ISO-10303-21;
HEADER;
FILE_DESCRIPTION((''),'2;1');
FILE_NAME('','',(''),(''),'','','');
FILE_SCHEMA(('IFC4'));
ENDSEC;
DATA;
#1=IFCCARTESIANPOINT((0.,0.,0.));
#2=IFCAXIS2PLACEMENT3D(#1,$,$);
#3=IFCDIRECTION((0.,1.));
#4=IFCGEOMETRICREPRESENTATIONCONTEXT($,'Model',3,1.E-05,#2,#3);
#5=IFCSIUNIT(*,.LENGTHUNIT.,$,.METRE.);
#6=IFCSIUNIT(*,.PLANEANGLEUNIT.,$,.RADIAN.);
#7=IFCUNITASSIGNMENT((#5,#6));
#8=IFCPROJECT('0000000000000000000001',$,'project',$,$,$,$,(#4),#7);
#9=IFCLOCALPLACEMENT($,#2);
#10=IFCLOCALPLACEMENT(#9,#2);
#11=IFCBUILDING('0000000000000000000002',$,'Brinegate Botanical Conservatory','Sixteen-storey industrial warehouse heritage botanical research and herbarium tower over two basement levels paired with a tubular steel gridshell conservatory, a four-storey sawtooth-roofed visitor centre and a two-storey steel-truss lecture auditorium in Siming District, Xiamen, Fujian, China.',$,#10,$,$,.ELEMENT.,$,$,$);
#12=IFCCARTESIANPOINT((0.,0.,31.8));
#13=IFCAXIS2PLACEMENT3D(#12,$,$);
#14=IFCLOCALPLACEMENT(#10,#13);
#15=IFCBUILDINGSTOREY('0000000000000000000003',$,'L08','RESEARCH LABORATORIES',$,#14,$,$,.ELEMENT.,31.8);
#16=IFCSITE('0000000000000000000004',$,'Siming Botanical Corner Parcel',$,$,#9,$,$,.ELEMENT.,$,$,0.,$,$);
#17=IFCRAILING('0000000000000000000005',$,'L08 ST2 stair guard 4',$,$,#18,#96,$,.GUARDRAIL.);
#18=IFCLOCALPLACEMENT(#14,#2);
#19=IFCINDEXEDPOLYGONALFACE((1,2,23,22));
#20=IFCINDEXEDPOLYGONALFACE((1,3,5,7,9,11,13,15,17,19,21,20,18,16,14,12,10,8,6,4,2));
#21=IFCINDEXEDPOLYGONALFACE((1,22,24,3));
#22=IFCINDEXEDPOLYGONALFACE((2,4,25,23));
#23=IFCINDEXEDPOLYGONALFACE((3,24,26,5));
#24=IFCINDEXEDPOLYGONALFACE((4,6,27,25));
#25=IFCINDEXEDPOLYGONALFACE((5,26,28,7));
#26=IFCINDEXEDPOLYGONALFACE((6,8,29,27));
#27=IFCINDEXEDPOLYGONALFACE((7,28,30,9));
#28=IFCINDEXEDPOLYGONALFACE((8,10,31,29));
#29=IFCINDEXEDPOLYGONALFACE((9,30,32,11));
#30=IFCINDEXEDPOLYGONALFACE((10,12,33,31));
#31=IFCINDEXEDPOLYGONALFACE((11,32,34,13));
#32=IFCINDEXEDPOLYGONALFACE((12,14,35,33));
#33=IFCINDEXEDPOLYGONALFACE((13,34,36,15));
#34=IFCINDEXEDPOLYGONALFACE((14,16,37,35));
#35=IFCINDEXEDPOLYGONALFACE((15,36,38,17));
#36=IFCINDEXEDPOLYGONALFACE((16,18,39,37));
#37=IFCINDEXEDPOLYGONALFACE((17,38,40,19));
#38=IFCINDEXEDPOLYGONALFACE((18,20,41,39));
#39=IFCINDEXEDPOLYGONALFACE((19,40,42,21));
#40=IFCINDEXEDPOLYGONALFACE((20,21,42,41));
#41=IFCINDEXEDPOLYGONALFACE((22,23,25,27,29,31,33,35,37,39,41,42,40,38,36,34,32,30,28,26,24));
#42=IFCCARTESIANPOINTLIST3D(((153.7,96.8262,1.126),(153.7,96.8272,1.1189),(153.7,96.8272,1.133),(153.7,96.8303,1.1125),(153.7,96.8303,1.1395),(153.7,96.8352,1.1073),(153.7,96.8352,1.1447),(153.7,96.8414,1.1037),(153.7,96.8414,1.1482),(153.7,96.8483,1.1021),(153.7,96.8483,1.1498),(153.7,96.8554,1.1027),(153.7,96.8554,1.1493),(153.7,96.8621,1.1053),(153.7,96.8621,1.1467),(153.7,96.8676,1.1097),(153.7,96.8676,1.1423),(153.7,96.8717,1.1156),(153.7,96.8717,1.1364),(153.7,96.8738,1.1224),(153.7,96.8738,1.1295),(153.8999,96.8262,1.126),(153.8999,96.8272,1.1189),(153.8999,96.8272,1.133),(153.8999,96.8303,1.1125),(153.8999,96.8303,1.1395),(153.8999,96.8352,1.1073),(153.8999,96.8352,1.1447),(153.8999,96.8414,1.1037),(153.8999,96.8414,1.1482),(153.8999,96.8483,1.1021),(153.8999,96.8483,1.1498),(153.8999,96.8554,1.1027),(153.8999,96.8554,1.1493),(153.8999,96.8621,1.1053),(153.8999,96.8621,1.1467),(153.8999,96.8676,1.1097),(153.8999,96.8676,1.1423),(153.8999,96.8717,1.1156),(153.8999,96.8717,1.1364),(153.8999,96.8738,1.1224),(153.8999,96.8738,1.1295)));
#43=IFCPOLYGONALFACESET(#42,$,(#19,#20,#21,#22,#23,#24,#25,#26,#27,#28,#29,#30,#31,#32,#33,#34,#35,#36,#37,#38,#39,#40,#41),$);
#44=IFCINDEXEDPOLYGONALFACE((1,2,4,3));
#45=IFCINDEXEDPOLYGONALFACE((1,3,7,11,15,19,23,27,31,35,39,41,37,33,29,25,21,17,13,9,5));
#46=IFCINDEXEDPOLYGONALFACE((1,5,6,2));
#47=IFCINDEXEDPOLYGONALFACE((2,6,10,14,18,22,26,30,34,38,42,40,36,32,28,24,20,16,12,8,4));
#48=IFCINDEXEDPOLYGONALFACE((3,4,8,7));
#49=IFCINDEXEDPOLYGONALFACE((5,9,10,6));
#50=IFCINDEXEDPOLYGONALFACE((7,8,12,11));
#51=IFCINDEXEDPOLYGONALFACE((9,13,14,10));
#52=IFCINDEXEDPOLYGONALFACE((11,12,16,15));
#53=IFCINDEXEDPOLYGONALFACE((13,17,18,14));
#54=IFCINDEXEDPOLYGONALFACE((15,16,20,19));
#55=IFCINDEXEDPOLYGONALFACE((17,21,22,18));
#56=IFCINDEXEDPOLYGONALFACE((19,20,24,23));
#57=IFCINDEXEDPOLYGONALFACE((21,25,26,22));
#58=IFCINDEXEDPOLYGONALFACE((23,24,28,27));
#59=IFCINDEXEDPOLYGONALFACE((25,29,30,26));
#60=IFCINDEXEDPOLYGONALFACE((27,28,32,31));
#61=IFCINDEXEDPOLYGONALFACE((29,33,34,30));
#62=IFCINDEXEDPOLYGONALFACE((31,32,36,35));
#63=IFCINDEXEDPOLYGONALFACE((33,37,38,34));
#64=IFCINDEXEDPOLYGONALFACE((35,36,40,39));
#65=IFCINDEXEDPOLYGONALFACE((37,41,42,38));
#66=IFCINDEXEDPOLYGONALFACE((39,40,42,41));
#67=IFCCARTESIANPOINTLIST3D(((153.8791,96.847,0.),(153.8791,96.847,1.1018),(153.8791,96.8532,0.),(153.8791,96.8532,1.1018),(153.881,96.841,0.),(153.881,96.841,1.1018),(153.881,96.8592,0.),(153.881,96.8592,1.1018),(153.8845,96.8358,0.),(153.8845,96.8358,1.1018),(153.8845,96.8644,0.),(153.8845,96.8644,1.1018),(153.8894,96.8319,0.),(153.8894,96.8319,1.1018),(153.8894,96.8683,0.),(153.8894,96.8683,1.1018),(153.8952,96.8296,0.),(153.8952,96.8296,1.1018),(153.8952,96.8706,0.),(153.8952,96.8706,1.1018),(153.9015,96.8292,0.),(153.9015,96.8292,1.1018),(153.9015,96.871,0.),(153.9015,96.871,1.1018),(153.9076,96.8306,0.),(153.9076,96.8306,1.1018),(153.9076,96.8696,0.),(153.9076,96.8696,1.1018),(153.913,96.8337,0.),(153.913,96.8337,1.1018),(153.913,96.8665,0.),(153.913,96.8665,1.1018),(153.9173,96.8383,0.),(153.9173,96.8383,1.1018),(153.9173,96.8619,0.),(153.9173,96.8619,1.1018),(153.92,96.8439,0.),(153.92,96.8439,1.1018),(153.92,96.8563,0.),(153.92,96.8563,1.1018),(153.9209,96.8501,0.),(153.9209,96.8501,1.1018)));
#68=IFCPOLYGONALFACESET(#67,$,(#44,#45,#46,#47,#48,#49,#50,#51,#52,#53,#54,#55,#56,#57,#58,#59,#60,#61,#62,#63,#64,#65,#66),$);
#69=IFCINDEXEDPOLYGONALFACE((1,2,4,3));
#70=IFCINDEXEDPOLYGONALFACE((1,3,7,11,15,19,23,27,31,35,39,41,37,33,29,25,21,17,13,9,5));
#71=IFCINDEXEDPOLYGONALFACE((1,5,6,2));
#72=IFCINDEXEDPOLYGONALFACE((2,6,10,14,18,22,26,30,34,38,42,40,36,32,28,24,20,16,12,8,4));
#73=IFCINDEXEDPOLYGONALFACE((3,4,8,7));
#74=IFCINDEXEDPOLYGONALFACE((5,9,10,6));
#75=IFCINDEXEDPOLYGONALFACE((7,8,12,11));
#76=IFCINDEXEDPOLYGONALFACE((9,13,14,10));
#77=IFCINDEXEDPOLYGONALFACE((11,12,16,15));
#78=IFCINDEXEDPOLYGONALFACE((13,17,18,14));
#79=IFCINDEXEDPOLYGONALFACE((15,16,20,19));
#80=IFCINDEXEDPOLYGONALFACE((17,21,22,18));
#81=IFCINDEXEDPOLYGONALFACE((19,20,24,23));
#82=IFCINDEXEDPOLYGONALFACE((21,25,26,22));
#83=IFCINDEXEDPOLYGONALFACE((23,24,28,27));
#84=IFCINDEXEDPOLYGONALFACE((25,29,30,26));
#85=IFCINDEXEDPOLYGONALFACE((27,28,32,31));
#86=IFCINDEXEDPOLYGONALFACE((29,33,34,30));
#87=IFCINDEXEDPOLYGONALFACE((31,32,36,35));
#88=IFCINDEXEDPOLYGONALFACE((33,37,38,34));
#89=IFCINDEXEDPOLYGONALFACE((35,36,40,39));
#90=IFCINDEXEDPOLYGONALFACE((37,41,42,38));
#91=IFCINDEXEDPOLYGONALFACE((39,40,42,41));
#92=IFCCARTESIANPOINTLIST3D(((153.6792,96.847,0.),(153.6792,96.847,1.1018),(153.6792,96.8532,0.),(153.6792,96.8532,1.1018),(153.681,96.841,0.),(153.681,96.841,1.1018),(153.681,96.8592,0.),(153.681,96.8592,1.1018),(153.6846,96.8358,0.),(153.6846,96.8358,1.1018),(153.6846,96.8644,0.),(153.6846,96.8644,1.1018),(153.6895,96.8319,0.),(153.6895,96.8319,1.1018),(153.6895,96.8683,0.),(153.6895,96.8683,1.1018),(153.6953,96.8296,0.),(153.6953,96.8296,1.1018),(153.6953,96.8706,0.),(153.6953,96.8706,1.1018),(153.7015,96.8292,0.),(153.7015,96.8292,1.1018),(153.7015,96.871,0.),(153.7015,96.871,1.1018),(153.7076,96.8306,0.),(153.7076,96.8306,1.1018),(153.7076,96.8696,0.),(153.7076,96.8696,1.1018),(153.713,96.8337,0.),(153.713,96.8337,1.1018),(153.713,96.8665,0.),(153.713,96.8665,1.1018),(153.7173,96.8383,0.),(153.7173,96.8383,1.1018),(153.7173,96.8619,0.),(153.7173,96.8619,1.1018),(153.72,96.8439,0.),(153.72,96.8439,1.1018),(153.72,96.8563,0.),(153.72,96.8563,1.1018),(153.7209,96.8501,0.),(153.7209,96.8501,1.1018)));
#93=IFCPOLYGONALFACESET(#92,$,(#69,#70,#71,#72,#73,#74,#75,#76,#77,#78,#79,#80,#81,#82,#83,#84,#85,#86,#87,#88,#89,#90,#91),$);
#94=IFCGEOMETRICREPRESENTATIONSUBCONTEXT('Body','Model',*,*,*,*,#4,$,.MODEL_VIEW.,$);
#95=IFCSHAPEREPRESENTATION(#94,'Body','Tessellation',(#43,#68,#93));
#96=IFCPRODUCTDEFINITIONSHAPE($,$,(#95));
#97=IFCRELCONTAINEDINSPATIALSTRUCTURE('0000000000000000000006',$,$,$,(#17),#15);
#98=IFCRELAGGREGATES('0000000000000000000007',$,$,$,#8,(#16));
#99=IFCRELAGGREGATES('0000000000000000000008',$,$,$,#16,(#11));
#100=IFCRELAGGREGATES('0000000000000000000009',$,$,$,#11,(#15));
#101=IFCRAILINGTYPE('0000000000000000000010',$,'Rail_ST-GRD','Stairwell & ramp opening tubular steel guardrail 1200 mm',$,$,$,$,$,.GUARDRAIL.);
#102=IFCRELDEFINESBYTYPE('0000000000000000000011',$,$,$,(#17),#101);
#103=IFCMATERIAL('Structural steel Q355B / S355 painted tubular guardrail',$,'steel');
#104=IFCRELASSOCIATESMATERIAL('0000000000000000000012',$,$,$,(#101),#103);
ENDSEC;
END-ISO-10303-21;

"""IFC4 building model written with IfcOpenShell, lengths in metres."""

from ifc_helpers import new_model, si_unit, direction, frame, origin, origin_2d, place, context, subcontext, project, spatial, circle, extrude, material, type_object, element, save


model = new_model("IFC4")

# Units and contexts
model_context = context("Model", 3, precision=1e-05, world=origin(), true_north=direction((0.0, 1.0)))
body_context = subcontext(model_context, "Body", "Model", "MODEL_VIEW")
ifc_project = project(units=[si_unit("LENGTHUNIT", "METRE"), si_unit("PLANEANGLEUNIT", "RADIAN")], contexts=[model_context])

# Site, building, storey
site_placement = place(None, origin())
site = spatial("IfcSite", under=ifc_project, at=site_placement, Name="Siming Botanical Corner Parcel", CompositionType="ELEMENT", RefElevation=0.0)
building_placement = place(site_placement, origin())
building = spatial("IfcBuilding", under=site, at=building_placement, Name="Brinegate Botanical Conservatory", Description="Sixteen-storey industrial warehouse heritage botanical research and herbarium tower over two basement levels paired with a tubular steel gridshell conservatory, a four-storey sawtooth-roofed visitor centre and a two-storey steel-truss lecture auditorium in Siming District, Xiamen, Fujian, China.", CompositionType="ELEMENT")
storey_placement = place(building_placement, frame((0.0, 0.0, 31.8)))
storey = spatial("IfcBuildingStorey", under=building, at=storey_placement, Name="L08", Description="RESEARCH LABORATORIES", CompositionType="ELEMENT", Elevation=31.8)

# Railing
ifc_material_1 = material(Name="Structural steel Q355B / S355 painted tubular guardrail", Category="steel")
railing_type_1 = type_object("IfcRailingType", Name="Rail_ST-GRD", Description="Stairwell & ramp opening tubular steel guardrail 1200 mm", PredefinedType="GUARDRAIL", material=ifc_material_1)
railing_1_placement = place(storey_placement, frame((153.8999, 96.8501, 0.0)))
element("IfcRailing", 1, at=railing_1_placement, inside=storey, type_object=railing_type_1, Name="L08 ST2 stair guard 4", PredefinedType="GUARDRAIL", context=body_context, shape_type="SweptSolid", body=[
    extrude(circle(Radius=0.0239, at=origin_2d()), frame((0.0, 0.0, 1.126), z_axis=(-1.0, 0.0, 0.0), x_axis=(0.0, -1.0, 0.0)), (0.0, 0.0, 1.0), 0.2),
    extrude(circle(Radius=0.021, at=origin_2d()), origin(), (0.0, 0.0, 1.0), 1.1018),
    extrude(circle(Radius=0.021, at=origin_2d()), frame((-0.2, 0.0, 0.0)), (0.0, 0.0, 1.0), 1.1018),
])

save(model, "model.ifc")
